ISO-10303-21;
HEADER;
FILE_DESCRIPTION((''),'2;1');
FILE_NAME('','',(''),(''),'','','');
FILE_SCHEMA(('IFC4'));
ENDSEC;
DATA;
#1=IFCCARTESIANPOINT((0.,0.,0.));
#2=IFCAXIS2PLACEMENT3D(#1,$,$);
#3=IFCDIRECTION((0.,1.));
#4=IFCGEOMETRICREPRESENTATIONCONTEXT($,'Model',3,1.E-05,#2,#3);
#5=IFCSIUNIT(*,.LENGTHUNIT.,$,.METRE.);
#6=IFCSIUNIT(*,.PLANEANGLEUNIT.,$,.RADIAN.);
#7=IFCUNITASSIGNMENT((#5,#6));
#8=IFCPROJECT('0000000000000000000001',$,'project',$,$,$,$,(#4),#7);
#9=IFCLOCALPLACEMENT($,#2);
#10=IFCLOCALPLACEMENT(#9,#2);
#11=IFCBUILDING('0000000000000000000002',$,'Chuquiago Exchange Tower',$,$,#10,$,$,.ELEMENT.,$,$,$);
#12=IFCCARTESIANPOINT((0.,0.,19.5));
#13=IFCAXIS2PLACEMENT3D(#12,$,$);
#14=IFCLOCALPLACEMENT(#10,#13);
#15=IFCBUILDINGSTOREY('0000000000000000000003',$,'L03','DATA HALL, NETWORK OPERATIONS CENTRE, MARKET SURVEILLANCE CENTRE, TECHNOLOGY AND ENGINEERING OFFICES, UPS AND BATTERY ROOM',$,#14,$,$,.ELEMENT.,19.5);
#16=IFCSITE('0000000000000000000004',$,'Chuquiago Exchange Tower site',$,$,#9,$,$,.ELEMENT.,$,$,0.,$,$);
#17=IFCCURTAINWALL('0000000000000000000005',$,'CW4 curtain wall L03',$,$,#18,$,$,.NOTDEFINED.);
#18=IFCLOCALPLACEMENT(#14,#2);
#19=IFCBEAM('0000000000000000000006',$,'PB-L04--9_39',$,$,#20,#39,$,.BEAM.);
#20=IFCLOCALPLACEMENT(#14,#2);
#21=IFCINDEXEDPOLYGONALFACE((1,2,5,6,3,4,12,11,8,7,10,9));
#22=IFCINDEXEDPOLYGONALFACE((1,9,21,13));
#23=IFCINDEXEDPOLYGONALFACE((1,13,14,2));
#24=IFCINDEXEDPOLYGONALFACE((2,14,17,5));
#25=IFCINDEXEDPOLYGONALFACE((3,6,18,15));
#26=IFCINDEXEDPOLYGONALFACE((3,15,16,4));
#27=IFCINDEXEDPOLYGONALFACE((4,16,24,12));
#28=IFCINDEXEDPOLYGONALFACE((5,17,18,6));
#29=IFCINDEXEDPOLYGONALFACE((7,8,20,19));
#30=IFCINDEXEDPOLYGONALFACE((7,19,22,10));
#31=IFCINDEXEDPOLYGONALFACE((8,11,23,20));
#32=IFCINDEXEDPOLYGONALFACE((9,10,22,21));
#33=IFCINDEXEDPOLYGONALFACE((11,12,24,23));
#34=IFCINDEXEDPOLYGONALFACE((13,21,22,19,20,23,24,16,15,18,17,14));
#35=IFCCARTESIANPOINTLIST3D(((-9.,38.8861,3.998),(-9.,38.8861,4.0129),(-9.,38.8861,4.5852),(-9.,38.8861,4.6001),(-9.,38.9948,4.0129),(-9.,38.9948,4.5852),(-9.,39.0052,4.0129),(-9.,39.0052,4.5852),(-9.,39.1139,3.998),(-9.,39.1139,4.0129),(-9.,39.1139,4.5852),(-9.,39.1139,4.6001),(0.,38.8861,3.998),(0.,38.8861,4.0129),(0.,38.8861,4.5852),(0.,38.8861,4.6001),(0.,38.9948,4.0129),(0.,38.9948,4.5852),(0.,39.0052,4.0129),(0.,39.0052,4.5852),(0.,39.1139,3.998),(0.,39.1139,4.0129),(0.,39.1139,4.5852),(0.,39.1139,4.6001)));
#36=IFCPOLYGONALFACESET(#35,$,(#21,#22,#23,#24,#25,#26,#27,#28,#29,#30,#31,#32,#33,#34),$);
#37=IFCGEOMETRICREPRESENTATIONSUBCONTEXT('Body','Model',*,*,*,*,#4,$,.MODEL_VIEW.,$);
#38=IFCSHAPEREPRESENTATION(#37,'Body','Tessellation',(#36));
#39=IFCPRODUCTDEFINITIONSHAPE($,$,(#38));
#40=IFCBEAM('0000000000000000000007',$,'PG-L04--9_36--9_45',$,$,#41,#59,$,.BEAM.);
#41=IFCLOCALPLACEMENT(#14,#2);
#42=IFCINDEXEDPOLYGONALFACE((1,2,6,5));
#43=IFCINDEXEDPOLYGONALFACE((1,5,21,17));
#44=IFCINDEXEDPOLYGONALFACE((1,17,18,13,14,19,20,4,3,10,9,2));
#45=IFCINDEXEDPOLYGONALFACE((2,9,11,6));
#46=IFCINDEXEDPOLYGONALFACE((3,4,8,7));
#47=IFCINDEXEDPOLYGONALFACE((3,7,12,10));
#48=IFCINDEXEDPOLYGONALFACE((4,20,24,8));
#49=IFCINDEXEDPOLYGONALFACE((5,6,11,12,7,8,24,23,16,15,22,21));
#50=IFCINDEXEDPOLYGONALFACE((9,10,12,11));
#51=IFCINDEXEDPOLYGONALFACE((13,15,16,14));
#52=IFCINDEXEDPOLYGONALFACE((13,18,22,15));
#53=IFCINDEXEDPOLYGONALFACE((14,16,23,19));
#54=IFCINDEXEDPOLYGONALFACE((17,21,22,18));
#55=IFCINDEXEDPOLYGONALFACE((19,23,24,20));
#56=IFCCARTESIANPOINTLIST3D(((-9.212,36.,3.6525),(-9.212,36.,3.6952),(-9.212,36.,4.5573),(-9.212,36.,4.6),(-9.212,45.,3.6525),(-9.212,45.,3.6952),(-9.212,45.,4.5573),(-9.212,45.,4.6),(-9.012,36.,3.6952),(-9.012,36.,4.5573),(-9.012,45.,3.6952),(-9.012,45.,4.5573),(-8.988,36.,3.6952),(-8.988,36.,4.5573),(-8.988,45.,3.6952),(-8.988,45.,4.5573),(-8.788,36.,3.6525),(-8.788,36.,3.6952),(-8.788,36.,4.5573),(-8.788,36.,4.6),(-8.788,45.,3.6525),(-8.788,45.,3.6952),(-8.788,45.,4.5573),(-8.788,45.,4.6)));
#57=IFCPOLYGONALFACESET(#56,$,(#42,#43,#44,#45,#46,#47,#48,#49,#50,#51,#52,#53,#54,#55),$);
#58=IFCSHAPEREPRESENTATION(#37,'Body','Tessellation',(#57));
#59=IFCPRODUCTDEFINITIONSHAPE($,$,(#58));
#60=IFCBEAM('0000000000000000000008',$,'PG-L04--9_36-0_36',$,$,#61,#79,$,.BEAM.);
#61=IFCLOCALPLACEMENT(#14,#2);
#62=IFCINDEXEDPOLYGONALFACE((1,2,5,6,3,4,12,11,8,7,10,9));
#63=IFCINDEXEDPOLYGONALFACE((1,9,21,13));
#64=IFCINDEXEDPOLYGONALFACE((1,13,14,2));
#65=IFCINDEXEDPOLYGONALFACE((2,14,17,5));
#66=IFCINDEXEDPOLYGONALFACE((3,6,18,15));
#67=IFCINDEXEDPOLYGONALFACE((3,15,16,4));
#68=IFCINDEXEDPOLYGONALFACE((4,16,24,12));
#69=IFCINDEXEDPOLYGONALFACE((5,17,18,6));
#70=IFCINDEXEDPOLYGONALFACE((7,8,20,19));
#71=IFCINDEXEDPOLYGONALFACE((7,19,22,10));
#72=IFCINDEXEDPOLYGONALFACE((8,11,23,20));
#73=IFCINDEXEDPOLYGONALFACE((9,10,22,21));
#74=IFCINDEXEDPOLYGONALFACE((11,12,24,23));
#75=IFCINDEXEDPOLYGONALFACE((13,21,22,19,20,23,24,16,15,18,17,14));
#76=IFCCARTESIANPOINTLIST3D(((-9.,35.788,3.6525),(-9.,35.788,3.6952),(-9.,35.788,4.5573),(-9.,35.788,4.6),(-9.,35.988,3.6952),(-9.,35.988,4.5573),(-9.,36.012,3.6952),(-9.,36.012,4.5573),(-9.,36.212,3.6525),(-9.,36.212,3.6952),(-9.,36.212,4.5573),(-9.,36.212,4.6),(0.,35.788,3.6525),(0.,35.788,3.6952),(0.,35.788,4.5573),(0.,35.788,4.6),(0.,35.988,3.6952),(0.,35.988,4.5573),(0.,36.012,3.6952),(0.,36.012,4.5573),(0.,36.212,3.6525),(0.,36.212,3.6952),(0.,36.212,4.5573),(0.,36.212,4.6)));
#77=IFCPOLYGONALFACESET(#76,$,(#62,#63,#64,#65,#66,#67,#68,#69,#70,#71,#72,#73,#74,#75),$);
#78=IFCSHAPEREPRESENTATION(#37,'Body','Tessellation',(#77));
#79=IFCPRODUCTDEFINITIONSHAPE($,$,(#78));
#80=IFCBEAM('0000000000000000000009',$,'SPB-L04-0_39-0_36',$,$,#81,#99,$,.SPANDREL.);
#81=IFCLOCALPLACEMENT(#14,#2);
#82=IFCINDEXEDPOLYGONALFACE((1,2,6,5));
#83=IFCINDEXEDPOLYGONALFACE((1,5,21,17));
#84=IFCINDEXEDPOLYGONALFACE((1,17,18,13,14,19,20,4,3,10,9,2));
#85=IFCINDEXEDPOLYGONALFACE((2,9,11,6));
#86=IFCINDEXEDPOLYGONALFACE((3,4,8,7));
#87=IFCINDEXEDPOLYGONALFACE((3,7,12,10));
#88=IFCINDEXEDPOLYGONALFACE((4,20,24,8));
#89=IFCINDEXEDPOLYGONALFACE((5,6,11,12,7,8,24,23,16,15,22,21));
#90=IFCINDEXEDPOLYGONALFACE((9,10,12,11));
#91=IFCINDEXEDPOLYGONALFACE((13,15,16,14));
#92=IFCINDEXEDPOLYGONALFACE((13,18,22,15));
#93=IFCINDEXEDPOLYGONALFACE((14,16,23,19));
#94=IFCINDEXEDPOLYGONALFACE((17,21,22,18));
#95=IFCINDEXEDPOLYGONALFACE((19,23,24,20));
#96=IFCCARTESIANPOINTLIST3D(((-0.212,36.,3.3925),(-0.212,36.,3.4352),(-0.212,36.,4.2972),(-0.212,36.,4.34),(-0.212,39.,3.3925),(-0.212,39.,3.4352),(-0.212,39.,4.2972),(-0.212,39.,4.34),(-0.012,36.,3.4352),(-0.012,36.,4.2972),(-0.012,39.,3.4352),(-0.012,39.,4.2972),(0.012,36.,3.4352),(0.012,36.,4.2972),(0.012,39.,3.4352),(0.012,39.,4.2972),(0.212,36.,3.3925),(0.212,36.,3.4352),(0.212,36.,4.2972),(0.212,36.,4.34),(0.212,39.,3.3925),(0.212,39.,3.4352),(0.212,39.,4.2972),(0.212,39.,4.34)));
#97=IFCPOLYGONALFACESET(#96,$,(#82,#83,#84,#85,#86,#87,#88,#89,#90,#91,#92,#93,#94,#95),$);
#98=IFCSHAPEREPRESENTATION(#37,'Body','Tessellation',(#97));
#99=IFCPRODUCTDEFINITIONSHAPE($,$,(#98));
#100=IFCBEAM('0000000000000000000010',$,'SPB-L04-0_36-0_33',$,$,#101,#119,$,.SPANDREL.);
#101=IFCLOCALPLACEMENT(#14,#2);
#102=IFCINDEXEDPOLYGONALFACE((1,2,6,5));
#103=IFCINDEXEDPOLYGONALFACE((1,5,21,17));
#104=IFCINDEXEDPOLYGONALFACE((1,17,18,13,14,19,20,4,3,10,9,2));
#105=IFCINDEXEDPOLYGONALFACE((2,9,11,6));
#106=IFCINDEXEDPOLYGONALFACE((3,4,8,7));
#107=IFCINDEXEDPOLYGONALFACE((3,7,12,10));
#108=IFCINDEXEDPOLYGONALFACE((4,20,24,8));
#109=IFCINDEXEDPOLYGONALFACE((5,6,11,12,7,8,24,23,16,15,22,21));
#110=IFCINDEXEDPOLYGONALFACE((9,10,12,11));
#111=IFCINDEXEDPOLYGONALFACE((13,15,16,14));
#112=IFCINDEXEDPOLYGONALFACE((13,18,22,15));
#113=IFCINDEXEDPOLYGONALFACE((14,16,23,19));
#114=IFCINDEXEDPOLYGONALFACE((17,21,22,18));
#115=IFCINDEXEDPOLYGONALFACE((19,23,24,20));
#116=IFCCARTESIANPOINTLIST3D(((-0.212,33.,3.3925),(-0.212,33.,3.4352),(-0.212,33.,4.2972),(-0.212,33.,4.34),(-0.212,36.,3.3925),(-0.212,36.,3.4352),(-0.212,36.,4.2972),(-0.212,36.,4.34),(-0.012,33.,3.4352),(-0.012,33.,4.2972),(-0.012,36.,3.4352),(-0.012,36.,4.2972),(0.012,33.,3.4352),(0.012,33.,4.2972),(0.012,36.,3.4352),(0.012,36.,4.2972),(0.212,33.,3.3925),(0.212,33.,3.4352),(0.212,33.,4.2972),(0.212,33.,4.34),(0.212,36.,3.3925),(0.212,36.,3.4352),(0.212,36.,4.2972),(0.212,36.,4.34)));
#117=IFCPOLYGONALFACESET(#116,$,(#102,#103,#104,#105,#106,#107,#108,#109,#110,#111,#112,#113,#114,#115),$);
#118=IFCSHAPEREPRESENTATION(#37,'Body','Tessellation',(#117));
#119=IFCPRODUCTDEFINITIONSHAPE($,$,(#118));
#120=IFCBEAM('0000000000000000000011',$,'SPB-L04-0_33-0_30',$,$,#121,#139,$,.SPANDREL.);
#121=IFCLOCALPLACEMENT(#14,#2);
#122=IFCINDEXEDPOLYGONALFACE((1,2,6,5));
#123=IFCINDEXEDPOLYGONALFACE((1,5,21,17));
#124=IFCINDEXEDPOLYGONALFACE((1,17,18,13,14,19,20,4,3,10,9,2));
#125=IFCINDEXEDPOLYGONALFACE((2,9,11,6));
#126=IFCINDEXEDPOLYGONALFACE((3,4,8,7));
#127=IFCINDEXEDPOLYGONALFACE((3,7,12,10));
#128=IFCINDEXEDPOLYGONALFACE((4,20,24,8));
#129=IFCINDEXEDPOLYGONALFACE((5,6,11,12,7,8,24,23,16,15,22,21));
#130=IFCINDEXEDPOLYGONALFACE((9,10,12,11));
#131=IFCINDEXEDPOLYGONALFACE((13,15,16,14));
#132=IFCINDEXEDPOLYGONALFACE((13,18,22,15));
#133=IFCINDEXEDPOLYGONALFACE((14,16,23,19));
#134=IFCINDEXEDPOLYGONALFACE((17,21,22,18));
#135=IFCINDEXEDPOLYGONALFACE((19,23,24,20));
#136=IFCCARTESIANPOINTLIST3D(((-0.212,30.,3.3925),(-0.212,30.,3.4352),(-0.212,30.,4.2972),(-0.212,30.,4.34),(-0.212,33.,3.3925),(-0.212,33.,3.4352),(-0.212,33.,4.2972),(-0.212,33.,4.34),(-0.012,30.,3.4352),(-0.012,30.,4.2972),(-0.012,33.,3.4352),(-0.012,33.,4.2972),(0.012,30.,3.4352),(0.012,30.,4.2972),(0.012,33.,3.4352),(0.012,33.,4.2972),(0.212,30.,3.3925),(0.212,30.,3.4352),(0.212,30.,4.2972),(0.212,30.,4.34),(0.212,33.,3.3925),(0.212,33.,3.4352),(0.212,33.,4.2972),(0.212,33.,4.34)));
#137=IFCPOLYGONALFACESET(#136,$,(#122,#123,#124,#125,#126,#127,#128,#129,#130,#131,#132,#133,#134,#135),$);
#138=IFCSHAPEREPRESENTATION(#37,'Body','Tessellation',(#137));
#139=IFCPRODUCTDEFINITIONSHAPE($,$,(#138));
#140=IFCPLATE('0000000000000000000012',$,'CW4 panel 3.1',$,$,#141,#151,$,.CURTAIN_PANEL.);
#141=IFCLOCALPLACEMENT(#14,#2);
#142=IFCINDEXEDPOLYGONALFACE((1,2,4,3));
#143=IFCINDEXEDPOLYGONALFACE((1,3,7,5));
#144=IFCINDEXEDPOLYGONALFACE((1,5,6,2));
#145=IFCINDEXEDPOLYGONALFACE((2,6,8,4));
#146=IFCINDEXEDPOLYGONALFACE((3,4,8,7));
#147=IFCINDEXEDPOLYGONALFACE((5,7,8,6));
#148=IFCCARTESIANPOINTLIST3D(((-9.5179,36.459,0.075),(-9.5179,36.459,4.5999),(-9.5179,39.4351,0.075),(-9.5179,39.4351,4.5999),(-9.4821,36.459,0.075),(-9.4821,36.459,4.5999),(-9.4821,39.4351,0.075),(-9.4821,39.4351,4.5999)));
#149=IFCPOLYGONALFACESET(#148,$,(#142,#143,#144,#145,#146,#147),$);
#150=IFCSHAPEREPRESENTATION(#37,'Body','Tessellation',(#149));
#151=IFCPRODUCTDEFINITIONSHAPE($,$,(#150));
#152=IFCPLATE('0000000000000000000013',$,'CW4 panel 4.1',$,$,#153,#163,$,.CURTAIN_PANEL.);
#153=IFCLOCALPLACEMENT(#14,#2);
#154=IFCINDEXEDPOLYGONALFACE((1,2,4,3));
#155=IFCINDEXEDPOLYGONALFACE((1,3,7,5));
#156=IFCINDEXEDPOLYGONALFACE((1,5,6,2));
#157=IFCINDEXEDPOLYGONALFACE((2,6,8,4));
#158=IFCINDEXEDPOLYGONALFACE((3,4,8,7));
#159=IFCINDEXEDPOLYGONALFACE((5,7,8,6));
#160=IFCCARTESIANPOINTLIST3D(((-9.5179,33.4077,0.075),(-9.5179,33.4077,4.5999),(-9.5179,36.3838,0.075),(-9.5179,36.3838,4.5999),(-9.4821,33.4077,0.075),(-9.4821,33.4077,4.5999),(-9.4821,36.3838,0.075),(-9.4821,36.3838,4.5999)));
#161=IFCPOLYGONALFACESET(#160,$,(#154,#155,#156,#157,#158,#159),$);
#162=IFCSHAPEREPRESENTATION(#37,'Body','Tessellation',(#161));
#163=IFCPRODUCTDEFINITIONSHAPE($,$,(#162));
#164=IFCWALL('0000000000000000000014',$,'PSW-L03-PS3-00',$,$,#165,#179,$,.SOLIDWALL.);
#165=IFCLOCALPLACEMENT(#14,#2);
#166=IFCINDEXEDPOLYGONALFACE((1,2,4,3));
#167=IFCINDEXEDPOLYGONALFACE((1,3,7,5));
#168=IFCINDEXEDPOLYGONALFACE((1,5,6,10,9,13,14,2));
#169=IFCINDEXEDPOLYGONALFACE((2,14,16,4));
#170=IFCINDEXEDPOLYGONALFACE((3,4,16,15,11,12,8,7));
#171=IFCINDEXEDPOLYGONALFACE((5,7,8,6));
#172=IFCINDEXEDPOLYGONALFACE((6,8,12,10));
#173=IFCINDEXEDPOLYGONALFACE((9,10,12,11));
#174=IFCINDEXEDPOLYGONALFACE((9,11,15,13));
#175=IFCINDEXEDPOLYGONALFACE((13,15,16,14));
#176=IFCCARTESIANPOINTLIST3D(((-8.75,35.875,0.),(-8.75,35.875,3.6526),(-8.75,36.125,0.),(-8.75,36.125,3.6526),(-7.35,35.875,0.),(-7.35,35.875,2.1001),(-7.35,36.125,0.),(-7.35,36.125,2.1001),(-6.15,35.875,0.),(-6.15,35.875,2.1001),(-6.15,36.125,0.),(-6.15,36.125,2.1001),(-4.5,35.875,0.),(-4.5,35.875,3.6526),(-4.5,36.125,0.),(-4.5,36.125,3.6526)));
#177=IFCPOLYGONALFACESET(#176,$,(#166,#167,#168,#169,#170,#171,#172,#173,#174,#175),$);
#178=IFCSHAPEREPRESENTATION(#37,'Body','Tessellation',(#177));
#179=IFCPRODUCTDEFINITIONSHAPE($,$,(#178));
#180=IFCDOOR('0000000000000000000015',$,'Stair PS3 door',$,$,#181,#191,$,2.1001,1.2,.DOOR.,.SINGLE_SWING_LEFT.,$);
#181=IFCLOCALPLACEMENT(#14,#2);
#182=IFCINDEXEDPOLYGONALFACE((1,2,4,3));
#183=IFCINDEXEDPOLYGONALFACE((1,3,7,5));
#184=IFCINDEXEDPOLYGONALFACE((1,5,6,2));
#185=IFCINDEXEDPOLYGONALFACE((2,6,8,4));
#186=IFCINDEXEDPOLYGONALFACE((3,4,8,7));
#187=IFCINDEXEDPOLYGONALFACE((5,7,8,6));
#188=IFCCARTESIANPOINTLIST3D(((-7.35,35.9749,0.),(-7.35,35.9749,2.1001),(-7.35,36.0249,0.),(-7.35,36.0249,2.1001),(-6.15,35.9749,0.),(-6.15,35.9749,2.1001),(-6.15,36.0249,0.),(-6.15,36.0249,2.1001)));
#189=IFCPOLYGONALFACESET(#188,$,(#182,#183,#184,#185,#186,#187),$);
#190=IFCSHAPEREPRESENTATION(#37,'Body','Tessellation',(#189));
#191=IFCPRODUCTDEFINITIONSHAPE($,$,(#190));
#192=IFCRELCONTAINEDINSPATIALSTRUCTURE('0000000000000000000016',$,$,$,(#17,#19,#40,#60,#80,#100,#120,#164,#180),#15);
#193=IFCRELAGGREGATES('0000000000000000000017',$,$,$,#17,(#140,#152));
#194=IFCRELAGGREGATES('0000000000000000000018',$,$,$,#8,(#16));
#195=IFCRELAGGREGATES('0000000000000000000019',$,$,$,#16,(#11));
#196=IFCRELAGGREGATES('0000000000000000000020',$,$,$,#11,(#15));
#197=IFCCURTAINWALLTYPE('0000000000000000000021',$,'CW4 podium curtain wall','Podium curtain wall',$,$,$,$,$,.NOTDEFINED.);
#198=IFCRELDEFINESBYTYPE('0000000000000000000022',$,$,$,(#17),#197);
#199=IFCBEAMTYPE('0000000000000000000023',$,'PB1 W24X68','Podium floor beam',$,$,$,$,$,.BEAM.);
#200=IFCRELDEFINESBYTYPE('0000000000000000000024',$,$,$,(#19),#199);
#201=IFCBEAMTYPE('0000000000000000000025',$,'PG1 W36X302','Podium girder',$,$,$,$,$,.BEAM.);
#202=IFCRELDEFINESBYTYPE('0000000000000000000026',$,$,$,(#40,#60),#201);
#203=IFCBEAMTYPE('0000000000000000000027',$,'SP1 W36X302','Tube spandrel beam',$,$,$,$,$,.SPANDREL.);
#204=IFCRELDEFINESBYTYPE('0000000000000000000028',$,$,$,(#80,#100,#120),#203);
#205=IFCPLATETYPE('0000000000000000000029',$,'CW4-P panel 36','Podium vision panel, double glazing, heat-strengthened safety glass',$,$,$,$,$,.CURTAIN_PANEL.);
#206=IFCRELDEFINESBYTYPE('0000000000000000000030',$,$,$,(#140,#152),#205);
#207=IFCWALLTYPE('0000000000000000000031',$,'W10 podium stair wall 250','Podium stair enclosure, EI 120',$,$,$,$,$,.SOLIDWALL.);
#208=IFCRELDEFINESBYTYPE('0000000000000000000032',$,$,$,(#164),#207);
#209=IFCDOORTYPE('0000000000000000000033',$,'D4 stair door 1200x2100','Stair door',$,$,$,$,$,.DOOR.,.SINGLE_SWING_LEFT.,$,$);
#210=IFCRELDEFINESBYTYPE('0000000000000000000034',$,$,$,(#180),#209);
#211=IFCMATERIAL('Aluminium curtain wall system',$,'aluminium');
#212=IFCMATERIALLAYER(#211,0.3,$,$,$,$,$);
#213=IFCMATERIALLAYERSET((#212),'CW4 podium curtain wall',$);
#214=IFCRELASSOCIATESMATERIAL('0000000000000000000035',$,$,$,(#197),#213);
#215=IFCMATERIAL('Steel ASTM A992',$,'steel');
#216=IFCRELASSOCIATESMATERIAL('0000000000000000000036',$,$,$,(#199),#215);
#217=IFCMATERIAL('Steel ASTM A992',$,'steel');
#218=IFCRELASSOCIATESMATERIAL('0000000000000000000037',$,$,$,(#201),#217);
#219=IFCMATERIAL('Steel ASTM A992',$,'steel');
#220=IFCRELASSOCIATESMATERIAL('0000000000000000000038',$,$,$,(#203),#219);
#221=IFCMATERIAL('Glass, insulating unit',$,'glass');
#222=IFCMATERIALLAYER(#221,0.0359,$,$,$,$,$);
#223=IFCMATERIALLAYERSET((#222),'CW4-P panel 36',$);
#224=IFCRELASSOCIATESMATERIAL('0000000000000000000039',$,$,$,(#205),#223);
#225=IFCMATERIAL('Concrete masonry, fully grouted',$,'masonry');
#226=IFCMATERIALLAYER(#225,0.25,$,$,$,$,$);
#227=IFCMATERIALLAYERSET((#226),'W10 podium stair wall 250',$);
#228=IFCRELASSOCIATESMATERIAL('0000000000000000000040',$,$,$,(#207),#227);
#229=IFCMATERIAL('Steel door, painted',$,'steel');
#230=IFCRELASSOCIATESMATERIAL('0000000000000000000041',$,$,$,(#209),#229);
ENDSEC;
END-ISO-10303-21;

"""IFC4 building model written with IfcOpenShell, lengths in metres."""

from ifc_helpers import new_model, si_unit, direction, frame, frame_2d, origin, origin_2d, place, context, subcontext, project, spatial, rectangle, i_section, extrude, material, layer, layer_set, material_profile, profile_set, type_object, element, fill, aggregate, save


model = new_model("IFC4")

# Units and contexts
model_context = context("Model", 3, precision=1e-05, world=origin(), true_north=direction((0.0, 1.0)))
body_context = subcontext(model_context, "Body", "Model", "MODEL_VIEW")
ifc_project = project(units=[si_unit("LENGTHUNIT", "METRE"), si_unit("PLANEANGLEUNIT", "RADIAN")], contexts=[model_context])

# Site, building, storey
site_placement = place(None, origin())
site = spatial("IfcSite", under=ifc_project, at=site_placement, Name="Chuquiago Exchange Tower site", CompositionType="ELEMENT", RefElevation=0.0)
building_placement = place(site_placement, origin())
building = spatial("IfcBuilding", under=site, at=building_placement, Name="Chuquiago Exchange Tower", CompositionType="ELEMENT")
storey_placement = place(building_placement, frame((0.0, 0.0, 19.5)))
storey = spatial("IfcBuildingStorey", under=building, at=storey_placement, Name="L03", Description="DATA HALL, NETWORK OPERATIONS CENTRE, MARKET SURVEILLANCE CENTRE, TECHNOLOGY AND ENGINEERING OFFICES, UPS AND BATTERY ROOM", CompositionType="ELEMENT", Elevation=19.5)

# Curtain wall
ifc_material_1 = material(Name="Aluminium curtain wall system", Category="aluminium")
ifc_layer_1 = layer(ifc_material_1, 0.3)
ifc_layer_set_1 = layer_set([ifc_layer_1], Name="CW4 podium curtain wall")
curtain_wall_type = type_object("IfcCurtainWallType", Name="CW4 podium curtain wall", Description="Podium curtain wall", PredefinedType="NOTDEFINED", material=ifc_layer_set_1)
curtain_wall_placement = place(storey_placement, origin())
curtain_wall = element("IfcCurtainWall", 1, at=curtain_wall_placement, inside=storey, type_object=curtain_wall_type, Name="CW4 curtain wall L03", PredefinedType="NOTDEFINED")

# Beams
ifc_material_2 = material(Name="Steel ASTM A992", Category="steel")
ifc_material_profile_1 = material_profile(ifc_material_2, i_section(OverallWidth=0.2278, OverallDepth=0.6021, WebThickness=0.0105, FlangeThickness=0.0149, at=origin_2d()), Name="W24X68")
ifc_profile_set_1 = profile_set([ifc_material_profile_1], Name="Steel ASTM A992")
beam_type_1 = type_object("IfcBeamType", Name="PB1 W24X68", Description="Podium floor beam", PredefinedType="BEAM", material=ifc_profile_set_1)
for number, where, z_axis, x_axis, name in (
    (2, (-9.0, 39.0, 4.2991), (1.0, 0.0, 0.0), (0.0, 1.0, 0.0), "PB-L04--9_39"),
):
    element("IfcBeam", number, at=place(storey_placement, frame(where, z_axis=z_axis, x_axis=x_axis)), inside=storey, type_object=beam_type_1, Name=name, PredefinedType="BEAM", context=body_context, shape_type="SweptSolid", body=[
        extrude(i_section(OverallWidth=0.2278, OverallDepth=0.6021, WebThickness=0.0105, FlangeThickness=0.0149, at=origin_2d()), origin(), (0.0, 0.0, 1.0), 9.0),
    ])
ifc_material_3 = material(Name="Steel ASTM A992", Category="steel")
ifc_material_profile_2 = material_profile(ifc_material_3, i_section(OverallWidth=0.4241, OverallDepth=0.9475, WebThickness=0.0239, FlangeThickness=0.0427, at=origin_2d()), Name="W36X302")
ifc_profile_set_2 = profile_set([ifc_material_profile_2], Name="Steel ASTM A992")
beam_type_2 = type_object("IfcBeamType", Name="PG1 W36X302", Description="Podium girder", PredefinedType="BEAM", material=ifc_profile_set_2)
for number, where, z_axis, x_axis, name in (
    (3, (-9.0, 36.0, 4.1262), (0.0, 1.0, 0.0), (-1.0, 0.0, 0.0), "PG-L04--9_36--9_45"),
    (4, (-9.0, 36.0, 4.1262), (1.0, 0.0, 0.0), (0.0, 1.0, 0.0), "PG-L04--9_36-0_36"),
):
    element("IfcBeam", number, at=place(storey_placement, frame(where, z_axis=z_axis, x_axis=x_axis)), inside=storey, type_object=beam_type_2, Name=name, PredefinedType="BEAM", context=body_context, shape_type="SweptSolid", body=[
        extrude(i_section(OverallWidth=0.4241, OverallDepth=0.9475, WebThickness=0.0239, FlangeThickness=0.0427, at=origin_2d()), origin(), (0.0, 0.0, 1.0), 9.0),
    ])
ifc_material_4 = material(Name="Steel ASTM A992", Category="steel")
ifc_material_profile_3 = material_profile(ifc_material_4, i_section(OverallWidth=0.4241, OverallDepth=0.9475, WebThickness=0.0239, FlangeThickness=0.0427, at=origin_2d()), Name="W36X302")
ifc_profile_set_3 = profile_set([ifc_material_profile_3], Name="Steel ASTM A992")
beam_type_3 = type_object("IfcBeamType", Name="SP1 W36X302", Description="Tube spandrel beam", PredefinedType="SPANDREL", material=ifc_profile_set_3)
for number, where, z_axis, x_axis, name in (
    (5, (0.0, 39.0, 3.8662), (0.0, -1.0, 0.0), (1.0, 0.0, 0.0), "SPB-L04-0_39-0_36"),
    (6, (0.0, 36.0, 3.8662), (0.0, -1.0, 0.0), (1.0, 0.0, 0.0), "SPB-L04-0_36-0_33"),
    (7, (0.0, 33.0, 3.8662), (0.0, -1.0, 0.0), (1.0, 0.0, 0.0), "SPB-L04-0_33-0_30"),
):
    element("IfcBeam", number, at=place(storey_placement, frame(where, z_axis=z_axis, x_axis=x_axis)), inside=storey, type_object=beam_type_3, Name=name, PredefinedType="SPANDREL", context=body_context, shape_type="SweptSolid", body=[
        extrude(i_section(OverallWidth=0.4241, OverallDepth=0.9475, WebThickness=0.0239, FlangeThickness=0.0427, at=origin_2d()), origin(), (0.0, 0.0, 1.0), 3.0),
    ])

# Plates
ifc_material_5 = material(Name="Glass, insulating unit", Category="glass")
ifc_layer_2 = layer(ifc_material_5, 0.0359)
ifc_layer_set_2 = layer_set([ifc_layer_2], Name="CW4-P panel 36")
plate_type = type_object("IfcPlateType", Name="CW4-P panel 36", Description="Podium vision panel, double glazing, heat-strengthened safety glass", PredefinedType="CURTAIN_PANEL", material=ifc_layer_set_2)
plate_1_placement = place(storey_placement, frame((-9.5, 37.947, 0.075), z_axis=(0.0, 0.0, 1.0), x_axis=(0.0, -1.0, 0.0)))
plate_1 = element("IfcPlate", 8, at=plate_1_placement, type_object=plate_type, Name="CW4 panel 3.1", PredefinedType="CURTAIN_PANEL", context=body_context, shape_type="SweptSolid", body=[
    extrude(rectangle(XDim=2.9761, YDim=0.0359, at=origin_2d()), origin(), (0.0, 0.0, 1.0), 4.5249),
])
plate_2_placement = place(storey_placement, frame((-9.5, 34.8958, 0.075), z_axis=(0.0, 0.0, 1.0), x_axis=(0.0, -1.0, 0.0)))
plate_2 = element("IfcPlate", 9, at=plate_2_placement, type_object=plate_type, Name="CW4 panel 4.1", PredefinedType="CURTAIN_PANEL", context=body_context, shape_type="SweptSolid", body=[
    extrude(rectangle(XDim=2.9761, YDim=0.0359, at=origin_2d()), origin(), (0.0, 0.0, 1.0), 4.5249),
])
aggregate(curtain_wall, [plate_1, plate_2])

# Wall, opening, door
ifc_material_6 = material(Name="Concrete masonry, fully grouted", Category="masonry")
ifc_layer_3 = layer(ifc_material_6, 0.25)
ifc_layer_set_3 = layer_set([ifc_layer_3], Name="W10 podium stair wall 250")
wall_type_1 = type_object("IfcWallType", Name="W10 podium stair wall 250", Description="Podium stair enclosure, EI 120", PredefinedType="SOLIDWALL", material=ifc_layer_set_3)
wall_1_placement = place(storey_placement, frame((-8.75, 36.0, 0.0), z_axis=(0.0, 0.0, 1.0), x_axis=(1.0, 0.0, 0.0)))
wall_1 = element("IfcWall", 10, at=wall_1_placement, inside=storey, type_object=wall_type_1, Name="PSW-L03-PS3-00", PredefinedType="SOLIDWALL", context=body_context, shape_type="SweptSolid", body=[
    extrude(rectangle(XDim=4.25, YDim=0.25, at=frame_2d((2.125, 0.0))), origin(), (0.0, 0.0, 1.0), 3.6526),
])
opening_1_placement = place(wall_1_placement, frame((1.3999, 0.0, 0.0)))
opening_1 = element("IfcOpeningElement", 11, at=opening_1_placement, cuts=wall_1, PredefinedType="OPENING", context=body_context, shape_type="SweptSolid", body=[
    extrude(rectangle(XDim=1.2, YDim=2.1001, at=frame_2d((0.6001, 1.05))), frame((0.0, 0.135, 0.0), z_axis=(0.0, -1.0, 0.0), x_axis=(1.0, 0.0, 0.0)), (0.0, 0.0, 1.0), 0.27),
])
ifc_material_7 = material(Name="Steel door, painted", Category="steel")
door_type_1 = type_object("IfcDoorType", Name="D4 stair door 1200x2100", Description="Stair door", OperationType="SINGLE_SWING_LEFT", PredefinedType="DOOR", material=ifc_material_7)
door_1_placement = place(opening_1_placement, origin())
door_1 = element("IfcDoor", 12, at=door_1_placement, inside=storey, type_object=door_type_1, Name="Stair PS3 door", OperationType="SINGLE_SWING_LEFT", OverallHeight=2.1001, OverallWidth=1.2, PredefinedType="DOOR", context=body_context, shape_type="SweptSolid", body=[
    extrude(rectangle(XDim=1.2, YDim=2.1001, at=frame_2d((0.6001, 1.05))), frame((0.0, 0.0249, 0.0), z_axis=(0.0, -1.0, 0.0), x_axis=(1.0, 0.0, 0.0)), (0.0, 0.0, 1.0), 0.05),
])
fill(opening_1, door_1)

save(model, "model.ifc")
